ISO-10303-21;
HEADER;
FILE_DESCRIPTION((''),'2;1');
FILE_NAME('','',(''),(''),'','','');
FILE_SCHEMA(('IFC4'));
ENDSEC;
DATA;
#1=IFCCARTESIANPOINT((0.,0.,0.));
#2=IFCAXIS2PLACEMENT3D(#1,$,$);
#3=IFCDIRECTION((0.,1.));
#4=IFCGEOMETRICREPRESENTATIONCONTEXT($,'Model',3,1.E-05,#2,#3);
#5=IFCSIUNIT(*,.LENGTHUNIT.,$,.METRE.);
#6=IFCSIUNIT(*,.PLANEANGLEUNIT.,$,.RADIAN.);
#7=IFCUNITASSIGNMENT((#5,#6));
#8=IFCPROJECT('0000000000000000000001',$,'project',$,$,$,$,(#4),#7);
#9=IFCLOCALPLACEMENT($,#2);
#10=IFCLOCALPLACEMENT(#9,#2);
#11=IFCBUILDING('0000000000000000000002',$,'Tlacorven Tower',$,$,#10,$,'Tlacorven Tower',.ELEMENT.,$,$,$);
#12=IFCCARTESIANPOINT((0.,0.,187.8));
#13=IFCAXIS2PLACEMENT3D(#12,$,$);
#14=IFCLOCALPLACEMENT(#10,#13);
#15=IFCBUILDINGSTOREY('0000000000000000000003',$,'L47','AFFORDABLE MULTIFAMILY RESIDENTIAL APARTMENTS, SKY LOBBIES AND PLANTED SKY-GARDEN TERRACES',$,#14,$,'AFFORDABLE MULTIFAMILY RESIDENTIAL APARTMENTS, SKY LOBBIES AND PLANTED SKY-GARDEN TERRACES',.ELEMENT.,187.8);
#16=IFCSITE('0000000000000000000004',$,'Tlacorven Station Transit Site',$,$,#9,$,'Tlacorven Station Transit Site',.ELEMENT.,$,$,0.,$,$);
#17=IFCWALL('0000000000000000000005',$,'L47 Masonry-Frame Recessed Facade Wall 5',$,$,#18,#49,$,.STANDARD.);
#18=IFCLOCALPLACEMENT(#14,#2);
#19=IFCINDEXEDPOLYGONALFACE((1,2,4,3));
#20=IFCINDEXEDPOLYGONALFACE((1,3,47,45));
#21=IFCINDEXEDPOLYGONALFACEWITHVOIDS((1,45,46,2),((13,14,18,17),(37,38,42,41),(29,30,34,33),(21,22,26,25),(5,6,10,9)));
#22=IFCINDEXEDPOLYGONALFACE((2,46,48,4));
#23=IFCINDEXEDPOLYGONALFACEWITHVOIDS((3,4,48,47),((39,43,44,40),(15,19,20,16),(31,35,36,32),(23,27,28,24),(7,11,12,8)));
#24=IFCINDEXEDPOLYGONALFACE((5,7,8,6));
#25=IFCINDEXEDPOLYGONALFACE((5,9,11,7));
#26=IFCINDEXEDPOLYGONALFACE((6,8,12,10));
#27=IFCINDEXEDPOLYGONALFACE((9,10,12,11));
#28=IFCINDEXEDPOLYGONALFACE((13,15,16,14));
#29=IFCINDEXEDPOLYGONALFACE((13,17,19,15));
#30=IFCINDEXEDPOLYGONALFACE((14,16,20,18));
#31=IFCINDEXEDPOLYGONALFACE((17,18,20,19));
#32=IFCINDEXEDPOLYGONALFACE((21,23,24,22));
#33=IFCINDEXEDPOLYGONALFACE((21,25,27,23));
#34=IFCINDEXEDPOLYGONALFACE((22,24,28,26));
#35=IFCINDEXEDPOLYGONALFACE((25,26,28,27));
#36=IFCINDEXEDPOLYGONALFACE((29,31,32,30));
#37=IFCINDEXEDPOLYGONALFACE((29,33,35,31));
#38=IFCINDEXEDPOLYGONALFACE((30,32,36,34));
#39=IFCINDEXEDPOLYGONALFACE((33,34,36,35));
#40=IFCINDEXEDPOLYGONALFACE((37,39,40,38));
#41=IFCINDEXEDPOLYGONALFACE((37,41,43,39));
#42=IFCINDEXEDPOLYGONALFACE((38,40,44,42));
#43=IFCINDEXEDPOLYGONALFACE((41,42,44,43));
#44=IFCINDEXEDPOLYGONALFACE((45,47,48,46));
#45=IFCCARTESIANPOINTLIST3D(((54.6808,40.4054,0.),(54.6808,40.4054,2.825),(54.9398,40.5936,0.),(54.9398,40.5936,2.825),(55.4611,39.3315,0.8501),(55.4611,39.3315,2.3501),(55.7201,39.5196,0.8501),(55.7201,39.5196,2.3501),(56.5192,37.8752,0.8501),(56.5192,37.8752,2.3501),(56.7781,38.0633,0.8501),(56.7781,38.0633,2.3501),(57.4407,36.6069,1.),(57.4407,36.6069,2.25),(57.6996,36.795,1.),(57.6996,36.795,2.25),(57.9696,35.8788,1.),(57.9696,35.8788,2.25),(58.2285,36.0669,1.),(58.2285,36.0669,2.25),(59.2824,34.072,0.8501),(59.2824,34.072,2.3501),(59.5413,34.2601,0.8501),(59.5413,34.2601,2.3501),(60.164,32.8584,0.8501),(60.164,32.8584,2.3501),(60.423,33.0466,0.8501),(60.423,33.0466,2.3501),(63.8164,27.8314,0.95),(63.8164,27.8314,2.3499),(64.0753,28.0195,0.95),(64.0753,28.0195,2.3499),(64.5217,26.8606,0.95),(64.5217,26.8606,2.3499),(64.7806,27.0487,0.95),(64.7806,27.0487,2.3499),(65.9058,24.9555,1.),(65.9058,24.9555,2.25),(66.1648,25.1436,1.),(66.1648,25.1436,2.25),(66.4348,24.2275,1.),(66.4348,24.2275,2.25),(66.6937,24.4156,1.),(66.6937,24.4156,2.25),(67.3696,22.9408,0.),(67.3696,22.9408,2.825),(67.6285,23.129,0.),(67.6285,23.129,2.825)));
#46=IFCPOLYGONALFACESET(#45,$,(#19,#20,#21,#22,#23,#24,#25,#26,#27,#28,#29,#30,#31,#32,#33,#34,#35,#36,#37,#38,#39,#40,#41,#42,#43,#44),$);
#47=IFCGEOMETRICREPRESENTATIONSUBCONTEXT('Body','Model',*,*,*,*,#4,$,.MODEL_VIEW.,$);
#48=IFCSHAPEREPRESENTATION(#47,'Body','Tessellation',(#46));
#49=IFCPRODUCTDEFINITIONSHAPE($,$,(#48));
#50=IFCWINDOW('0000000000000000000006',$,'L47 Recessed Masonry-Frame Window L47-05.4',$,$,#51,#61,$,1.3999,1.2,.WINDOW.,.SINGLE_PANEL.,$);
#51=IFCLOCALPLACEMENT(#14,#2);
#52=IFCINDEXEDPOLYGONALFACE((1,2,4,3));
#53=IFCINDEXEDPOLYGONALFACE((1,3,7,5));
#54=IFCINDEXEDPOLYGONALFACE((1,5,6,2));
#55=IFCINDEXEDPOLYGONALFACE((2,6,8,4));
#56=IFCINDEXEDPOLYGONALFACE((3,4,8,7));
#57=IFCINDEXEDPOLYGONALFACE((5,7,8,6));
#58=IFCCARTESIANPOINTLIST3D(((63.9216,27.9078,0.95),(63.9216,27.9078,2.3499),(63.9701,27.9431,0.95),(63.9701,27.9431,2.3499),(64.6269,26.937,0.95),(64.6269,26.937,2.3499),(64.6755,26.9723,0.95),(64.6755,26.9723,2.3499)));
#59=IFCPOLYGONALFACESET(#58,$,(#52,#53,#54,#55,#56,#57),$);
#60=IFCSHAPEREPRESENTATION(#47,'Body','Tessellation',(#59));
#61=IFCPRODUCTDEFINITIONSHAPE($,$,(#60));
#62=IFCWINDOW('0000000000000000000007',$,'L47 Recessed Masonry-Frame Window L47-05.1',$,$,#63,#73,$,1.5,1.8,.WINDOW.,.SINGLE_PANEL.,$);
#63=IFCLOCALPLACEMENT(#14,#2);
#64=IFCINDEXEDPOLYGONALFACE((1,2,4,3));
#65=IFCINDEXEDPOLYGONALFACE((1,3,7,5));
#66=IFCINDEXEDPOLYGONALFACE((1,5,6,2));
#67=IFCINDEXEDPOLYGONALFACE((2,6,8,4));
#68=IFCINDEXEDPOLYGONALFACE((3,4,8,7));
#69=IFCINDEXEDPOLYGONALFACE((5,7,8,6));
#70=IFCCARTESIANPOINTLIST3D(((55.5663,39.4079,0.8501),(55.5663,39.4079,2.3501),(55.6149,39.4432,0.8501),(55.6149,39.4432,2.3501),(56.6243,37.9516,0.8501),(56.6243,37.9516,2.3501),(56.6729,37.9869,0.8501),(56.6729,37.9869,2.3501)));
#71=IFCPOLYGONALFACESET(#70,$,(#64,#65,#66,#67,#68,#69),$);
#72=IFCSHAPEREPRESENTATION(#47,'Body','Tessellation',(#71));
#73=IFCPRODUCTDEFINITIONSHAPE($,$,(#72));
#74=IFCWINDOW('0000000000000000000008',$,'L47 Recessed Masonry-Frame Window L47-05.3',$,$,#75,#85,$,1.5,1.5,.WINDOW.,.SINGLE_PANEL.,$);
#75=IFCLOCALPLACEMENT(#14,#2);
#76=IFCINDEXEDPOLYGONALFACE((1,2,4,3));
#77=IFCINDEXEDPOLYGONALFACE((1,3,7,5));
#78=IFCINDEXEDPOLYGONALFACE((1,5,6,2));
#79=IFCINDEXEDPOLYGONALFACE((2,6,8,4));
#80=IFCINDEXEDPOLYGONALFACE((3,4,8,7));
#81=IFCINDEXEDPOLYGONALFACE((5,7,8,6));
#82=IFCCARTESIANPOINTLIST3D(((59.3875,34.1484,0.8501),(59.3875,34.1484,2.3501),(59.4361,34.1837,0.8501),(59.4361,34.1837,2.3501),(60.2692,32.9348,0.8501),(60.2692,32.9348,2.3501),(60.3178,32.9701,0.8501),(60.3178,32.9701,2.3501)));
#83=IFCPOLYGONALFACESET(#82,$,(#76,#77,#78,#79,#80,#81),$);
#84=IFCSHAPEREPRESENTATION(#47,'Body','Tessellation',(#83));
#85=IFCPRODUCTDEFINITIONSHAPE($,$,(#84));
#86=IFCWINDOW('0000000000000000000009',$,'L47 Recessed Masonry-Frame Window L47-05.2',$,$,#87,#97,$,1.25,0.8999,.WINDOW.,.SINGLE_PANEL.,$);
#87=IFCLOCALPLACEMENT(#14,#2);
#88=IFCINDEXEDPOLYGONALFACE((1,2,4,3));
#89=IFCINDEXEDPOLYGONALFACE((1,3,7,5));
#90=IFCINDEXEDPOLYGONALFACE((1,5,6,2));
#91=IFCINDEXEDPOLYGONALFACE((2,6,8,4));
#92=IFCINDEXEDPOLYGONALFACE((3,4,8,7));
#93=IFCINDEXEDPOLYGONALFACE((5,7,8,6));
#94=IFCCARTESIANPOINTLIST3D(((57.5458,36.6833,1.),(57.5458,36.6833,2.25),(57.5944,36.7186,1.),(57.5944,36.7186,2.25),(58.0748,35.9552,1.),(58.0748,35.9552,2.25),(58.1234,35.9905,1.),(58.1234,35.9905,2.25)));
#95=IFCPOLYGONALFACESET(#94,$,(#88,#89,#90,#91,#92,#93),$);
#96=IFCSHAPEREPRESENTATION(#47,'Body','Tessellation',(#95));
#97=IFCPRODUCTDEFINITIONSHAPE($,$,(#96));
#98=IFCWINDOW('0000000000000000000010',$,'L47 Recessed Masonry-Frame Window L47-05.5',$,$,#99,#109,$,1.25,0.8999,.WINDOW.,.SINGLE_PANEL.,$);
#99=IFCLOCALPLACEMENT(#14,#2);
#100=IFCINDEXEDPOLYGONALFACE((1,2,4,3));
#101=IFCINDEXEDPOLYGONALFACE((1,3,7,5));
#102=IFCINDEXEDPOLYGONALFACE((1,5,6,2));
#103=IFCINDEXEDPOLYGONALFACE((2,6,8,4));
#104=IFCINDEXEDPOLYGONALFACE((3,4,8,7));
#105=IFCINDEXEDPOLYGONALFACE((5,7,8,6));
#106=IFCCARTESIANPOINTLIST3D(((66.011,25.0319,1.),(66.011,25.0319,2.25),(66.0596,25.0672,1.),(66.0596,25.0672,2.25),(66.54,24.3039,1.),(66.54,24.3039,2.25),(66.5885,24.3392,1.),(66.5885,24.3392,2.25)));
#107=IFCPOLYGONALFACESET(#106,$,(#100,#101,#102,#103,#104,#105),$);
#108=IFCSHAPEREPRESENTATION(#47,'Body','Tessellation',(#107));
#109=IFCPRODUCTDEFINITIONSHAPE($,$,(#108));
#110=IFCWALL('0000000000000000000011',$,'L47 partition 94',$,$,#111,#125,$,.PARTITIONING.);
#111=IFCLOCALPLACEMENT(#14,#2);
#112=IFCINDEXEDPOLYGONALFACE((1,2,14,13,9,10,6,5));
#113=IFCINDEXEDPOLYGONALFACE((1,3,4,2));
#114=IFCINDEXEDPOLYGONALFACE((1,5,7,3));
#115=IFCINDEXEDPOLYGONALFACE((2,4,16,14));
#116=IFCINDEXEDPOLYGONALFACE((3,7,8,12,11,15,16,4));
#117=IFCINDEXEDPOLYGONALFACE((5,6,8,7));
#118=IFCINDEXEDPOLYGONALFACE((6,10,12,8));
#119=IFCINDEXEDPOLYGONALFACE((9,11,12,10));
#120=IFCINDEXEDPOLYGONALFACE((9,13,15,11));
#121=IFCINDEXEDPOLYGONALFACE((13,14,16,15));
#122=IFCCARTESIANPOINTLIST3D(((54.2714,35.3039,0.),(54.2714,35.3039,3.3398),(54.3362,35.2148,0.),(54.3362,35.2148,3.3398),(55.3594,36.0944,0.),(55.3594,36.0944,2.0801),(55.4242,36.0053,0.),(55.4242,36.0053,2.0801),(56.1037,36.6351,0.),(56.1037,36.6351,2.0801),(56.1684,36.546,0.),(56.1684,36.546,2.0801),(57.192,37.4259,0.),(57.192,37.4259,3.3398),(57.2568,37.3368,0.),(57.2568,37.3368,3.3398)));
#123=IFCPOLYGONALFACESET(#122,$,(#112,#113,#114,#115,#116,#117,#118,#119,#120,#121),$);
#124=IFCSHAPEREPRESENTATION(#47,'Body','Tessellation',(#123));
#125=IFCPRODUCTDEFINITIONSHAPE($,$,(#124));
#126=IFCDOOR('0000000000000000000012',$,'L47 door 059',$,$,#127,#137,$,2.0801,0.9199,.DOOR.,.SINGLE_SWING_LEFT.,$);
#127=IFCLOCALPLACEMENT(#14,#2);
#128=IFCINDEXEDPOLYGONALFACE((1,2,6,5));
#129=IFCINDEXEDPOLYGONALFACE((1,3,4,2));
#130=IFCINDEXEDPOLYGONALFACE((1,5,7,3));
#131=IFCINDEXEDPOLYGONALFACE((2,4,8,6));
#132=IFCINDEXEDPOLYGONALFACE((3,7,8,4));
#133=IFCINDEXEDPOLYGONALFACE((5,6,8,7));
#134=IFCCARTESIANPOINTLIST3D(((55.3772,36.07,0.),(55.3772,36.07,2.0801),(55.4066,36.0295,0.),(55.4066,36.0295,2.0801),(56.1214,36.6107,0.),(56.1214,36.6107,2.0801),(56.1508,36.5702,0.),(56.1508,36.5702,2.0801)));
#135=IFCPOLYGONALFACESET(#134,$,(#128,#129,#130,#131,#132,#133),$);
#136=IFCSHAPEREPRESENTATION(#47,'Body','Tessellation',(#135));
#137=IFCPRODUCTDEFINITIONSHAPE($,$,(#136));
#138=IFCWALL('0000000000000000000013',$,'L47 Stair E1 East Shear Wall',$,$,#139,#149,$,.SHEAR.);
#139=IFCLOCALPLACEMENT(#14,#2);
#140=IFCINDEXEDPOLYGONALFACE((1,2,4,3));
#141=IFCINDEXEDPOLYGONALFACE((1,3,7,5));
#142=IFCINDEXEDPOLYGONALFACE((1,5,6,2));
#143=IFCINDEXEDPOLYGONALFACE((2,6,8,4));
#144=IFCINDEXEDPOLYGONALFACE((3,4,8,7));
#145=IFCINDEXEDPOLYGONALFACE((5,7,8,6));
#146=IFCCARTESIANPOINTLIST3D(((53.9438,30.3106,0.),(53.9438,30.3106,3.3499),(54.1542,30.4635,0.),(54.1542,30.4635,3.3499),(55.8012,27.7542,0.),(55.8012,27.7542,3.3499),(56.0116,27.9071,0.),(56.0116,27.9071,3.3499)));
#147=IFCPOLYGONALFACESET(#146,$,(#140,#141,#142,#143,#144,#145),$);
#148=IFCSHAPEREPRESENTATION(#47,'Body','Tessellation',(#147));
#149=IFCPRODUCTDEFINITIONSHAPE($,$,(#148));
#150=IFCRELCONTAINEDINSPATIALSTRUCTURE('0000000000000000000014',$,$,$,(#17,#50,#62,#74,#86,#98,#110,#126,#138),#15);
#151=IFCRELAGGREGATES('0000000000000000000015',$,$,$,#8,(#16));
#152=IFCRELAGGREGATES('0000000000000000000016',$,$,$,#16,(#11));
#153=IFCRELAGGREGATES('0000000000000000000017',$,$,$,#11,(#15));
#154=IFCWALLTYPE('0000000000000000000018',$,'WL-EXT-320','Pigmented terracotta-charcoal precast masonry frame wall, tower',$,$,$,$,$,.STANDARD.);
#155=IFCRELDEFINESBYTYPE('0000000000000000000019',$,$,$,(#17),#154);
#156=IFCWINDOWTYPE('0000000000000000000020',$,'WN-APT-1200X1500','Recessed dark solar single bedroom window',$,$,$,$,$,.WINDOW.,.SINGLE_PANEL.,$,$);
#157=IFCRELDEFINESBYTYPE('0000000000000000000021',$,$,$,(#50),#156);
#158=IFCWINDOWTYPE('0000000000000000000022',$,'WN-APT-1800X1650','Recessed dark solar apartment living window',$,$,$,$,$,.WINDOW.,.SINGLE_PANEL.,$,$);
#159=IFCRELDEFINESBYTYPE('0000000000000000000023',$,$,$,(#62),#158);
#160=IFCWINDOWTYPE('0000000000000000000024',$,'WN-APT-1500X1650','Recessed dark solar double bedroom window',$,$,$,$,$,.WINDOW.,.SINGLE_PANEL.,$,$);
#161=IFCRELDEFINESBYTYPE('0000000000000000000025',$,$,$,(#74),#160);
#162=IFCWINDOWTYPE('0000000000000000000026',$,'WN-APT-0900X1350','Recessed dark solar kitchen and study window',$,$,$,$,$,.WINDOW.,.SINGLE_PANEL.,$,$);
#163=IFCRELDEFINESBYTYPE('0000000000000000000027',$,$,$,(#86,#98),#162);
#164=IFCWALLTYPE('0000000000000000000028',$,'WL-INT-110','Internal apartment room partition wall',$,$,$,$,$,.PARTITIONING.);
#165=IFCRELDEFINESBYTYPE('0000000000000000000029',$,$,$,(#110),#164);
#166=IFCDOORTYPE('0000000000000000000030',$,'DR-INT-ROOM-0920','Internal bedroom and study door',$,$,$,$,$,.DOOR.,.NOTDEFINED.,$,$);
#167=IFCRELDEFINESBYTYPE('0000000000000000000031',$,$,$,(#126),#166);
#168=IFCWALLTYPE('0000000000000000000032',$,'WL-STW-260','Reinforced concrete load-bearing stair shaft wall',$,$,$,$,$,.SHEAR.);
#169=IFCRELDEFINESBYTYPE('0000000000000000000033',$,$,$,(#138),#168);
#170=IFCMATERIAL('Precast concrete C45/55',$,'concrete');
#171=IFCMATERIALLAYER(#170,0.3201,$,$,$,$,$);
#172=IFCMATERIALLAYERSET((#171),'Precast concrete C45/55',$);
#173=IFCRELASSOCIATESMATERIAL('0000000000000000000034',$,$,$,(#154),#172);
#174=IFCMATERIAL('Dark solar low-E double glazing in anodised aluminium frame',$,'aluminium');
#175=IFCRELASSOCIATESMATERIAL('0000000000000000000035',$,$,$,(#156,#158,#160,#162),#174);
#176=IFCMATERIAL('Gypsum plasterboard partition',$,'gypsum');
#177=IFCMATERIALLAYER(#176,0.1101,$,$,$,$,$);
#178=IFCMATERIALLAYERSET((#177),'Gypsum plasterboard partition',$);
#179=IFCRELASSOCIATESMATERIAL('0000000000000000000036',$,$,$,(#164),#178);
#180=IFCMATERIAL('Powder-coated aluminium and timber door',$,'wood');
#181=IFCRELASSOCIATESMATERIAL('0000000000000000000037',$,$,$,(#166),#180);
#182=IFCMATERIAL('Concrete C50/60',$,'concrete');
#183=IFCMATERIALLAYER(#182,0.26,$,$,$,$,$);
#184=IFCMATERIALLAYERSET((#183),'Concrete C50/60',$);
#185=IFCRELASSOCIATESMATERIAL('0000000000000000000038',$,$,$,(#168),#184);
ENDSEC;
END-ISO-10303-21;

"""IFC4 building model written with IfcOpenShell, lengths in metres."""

from ifc_helpers import new_model, si_unit, direction, frame, frame_2d, origin, place, context, subcontext, project, spatial, rectangle, extrude, source, transform, mapped, material, layer, layer_set, type_object, element, fill, save


model = new_model("IFC4")

# Units and contexts
model_context = context("Model", 3, precision=1e-05, world=origin(), true_north=direction((0.0, 1.0)))
body_context = subcontext(model_context, "Body", "Model", "MODEL_VIEW")
ifc_project = project(units=[si_unit("LENGTHUNIT", "METRE"), si_unit("PLANEANGLEUNIT", "RADIAN")], contexts=[model_context])

# Site, building, storey
site_placement = place(None, origin())
site = spatial("IfcSite", under=ifc_project, at=site_placement, Name="Tlacorven Station Transit Site", LongName="Tlacorven Station Transit Site", CompositionType="ELEMENT", RefElevation=0.0)
building_placement = place(site_placement, origin())
building = spatial("IfcBuilding", under=site, at=building_placement, Name="Tlacorven Tower", LongName="Tlacorven Tower", CompositionType="ELEMENT")
storey_placement = place(building_placement, frame((0.0, 0.0, 187.8)))
storey = spatial("IfcBuildingStorey", under=building, at=storey_placement, Name="L47", Description="AFFORDABLE MULTIFAMILY RESIDENTIAL APARTMENTS, SKY LOBBIES AND PLANTED SKY-GARDEN TERRACES", LongName="AFFORDABLE MULTIFAMILY RESIDENTIAL APARTMENTS, SKY LOBBIES AND PLANTED SKY-GARDEN TERRACES", CompositionType="ELEMENT", Elevation=187.8)

# Wall, openings, windows
ifc_material_1 = material(Name="Precast concrete C45/55", Category="concrete")
ifc_layer_1 = layer(ifc_material_1, 0.3201)
ifc_layer_set_1 = layer_set([ifc_layer_1], Name="Precast concrete C45/55")
wall_type_1 = type_object("IfcWallType", Name="WL-EXT-320", Description="Pigmented terracotta-charcoal precast masonry frame wall, tower", PredefinedType="STANDARD", material=ifc_layer_set_1)
wall_1_placement = place(storey_placement, frame((54.8103, 40.4995, 0.0), z_axis=(0.0, 0.0, 1.0), x_axis=(0.587784, -0.809018, 0.0)))
wall_1 = element("IfcWall", 1, at=wall_1_placement, inside=storey, type_object=wall_type_1, Name="L47 Masonry-Frame Recessed Facade Wall 5", PredefinedType="STANDARD", context=body_context, shape_type="SweptSolid", body=[
    extrude(rectangle(XDim=21.5874, YDim=0.3201, at=frame_2d((10.7937, 0.0))), origin(), (0.0, 0.0, 1.0), 2.825),
])
opening_1_placement = place(wall_1_placement, frame((1.3276, 0.0, 0.8501)))
opening_1 = element("IfcOpeningElement", 2, at=opening_1_placement, cuts=wall_1, PredefinedType="OPENING", context=body_context, shape_type="SweptSolid", body=[
    extrude(rectangle(XDim=1.8, YDim=1.5, at=frame_2d((0.8999, 0.75))), frame((0.0, 0.1699, 0.0), z_axis=(0.0, -1.0, 0.0), x_axis=(1.0, 0.0, 0.0)), (0.0, 0.0, 1.0), 0.3401),
])
opening_2_placement = place(wall_1_placement, frame((4.6953, 0.0, 1.0)))
opening_2 = element("IfcOpeningElement", 3, at=opening_2_placement, cuts=wall_1, PredefinedType="OPENING", context=body_context, shape_type="SweptSolid", body=[
    extrude(rectangle(XDim=0.8999, YDim=1.25, at=frame_2d((0.45, 0.625))), frame((0.0, 0.1699, 0.0), z_axis=(0.0, -1.0, 0.0), x_axis=(1.0, 0.0, 0.0)), (0.0, 0.0, 1.0), 0.3401),
])
opening_3_placement = place(wall_1_placement, frame((7.8286, 0.0, 0.8501)))
opening_3 = element("IfcOpeningElement", 4, at=opening_3_placement, cuts=wall_1, PredefinedType="OPENING", context=body_context, shape_type="SweptSolid", body=[
    extrude(rectangle(XDim=1.5, YDim=1.5, at=frame_2d((0.75, 0.75))), frame((0.0, 0.1699, 0.0), z_axis=(0.0, -1.0, 0.0), x_axis=(1.0, 0.0, 0.0)), (0.0, 0.0, 1.0), 0.3401),
])
opening_4_placement = place(wall_1_placement, frame((15.5422, 0.0, 0.95)))
opening_4 = element("IfcOpeningElement", 5, at=opening_4_placement, cuts=wall_1, PredefinedType="OPENING", context=body_context, shape_type="SweptSolid", body=[
    extrude(rectangle(XDim=1.2, YDim=1.3999, at=frame_2d((0.6001, 0.7))), frame((0.0, 0.1699, 0.0), z_axis=(0.0, -1.0, 0.0), x_axis=(1.0, 0.0, 0.0)), (0.0, 0.0, 1.0), 0.3401),
])
opening_5_placement = place(wall_1_placement, frame((19.0972, 0.0, 1.0)))
opening_5 = element("IfcOpeningElement", 6, at=opening_5_placement, cuts=wall_1, PredefinedType="OPENING", context=body_context, shape_type="SweptSolid", body=[
    extrude(rectangle(XDim=0.8999, YDim=1.25, at=frame_2d((0.45, 0.625))), frame((0.0, 0.1699, 0.0), z_axis=(0.0, -1.0, 0.0), x_axis=(1.0, 0.0, 0.0)), (0.0, 0.0, 1.0), 0.3401),
])
ifc_material_2 = material(Name="Dark solar low-E double glazing in anodised aluminium frame", Category="aluminium")
window_type_1 = type_object("IfcWindowType", Name="WN-APT-1200X1500", Description="Recessed dark solar single bedroom window", PartitioningType="SINGLE_PANEL", PredefinedType="WINDOW", material=ifc_material_2)
shared_shape_1 = source(origin(), body_context, "Body", "SweptSolid", [
    extrude(rectangle(XDim=1.2, YDim=1.3999, at=frame_2d((0.6001, 0.7))), frame((0.0, 0.03, 0.0), z_axis=(0.0, -1.0, 0.0), x_axis=(1.0, 0.0, 0.0)), (0.0, 0.0, 1.0), 0.0601),
])
window_1_placement = place(opening_4_placement, origin())
window_1 = element("IfcWindow", 7, at=window_1_placement, inside=storey, type_object=window_type_1, Name="L47 Recessed Masonry-Frame Window L47-05.4", OverallHeight=1.3999, OverallWidth=1.2, PartitioningType="SINGLE_PANEL", PredefinedType="WINDOW", context=body_context, shape_type="MappedRepresentation", body=[
    mapped(shared_shape_1, transform((0.0, 0.0, 0.0), scale=1.0)),
])
fill(opening_4, window_1)
window_type_2 = type_object("IfcWindowType", Name="WN-APT-1800X1650", Description="Recessed dark solar apartment living window", PartitioningType="SINGLE_PANEL", PredefinedType="WINDOW", material=ifc_material_2)
shared_shape_2 = source(origin(), body_context, "Body", "SweptSolid", [
    extrude(rectangle(XDim=1.8, YDim=1.5, at=frame_2d((0.8999, 0.75))), frame((0.0, 0.03, 0.0), z_axis=(0.0, -1.0, 0.0), x_axis=(1.0, 0.0, 0.0)), (0.0, 0.0, 1.0), 0.0601),
])
window_2_placement = place(opening_1_placement, origin())
window_2 = element("IfcWindow", 8, at=window_2_placement, inside=storey, type_object=window_type_2, Name="L47 Recessed Masonry-Frame Window L47-05.1", OverallHeight=1.5, OverallWidth=1.8, PartitioningType="SINGLE_PANEL", PredefinedType="WINDOW", context=body_context, shape_type="MappedRepresentation", body=[
    mapped(shared_shape_2, transform((0.0, 0.0, 0.0), scale=1.0)),
])
fill(opening_1, window_2)
window_type_3 = type_object("IfcWindowType", Name="WN-APT-1500X1650", Description="Recessed dark solar double bedroom window", PartitioningType="SINGLE_PANEL", PredefinedType="WINDOW", material=ifc_material_2)
shared_shape_3 = source(origin(), body_context, "Body", "SweptSolid", [
    extrude(rectangle(XDim=1.5, YDim=1.5, at=frame_2d((0.75, 0.75))), frame((0.0, 0.03, 0.0), z_axis=(0.0, -1.0, 0.0), x_axis=(1.0, 0.0, 0.0)), (0.0, 0.0, 1.0), 0.0601),
])
window_3_placement = place(opening_3_placement, origin())
window_3 = element("IfcWindow", 9, at=window_3_placement, inside=storey, type_object=window_type_3, Name="L47 Recessed Masonry-Frame Window L47-05.3", OverallHeight=1.5, OverallWidth=1.5, PartitioningType="SINGLE_PANEL", PredefinedType="WINDOW", context=body_context, shape_type="MappedRepresentation", body=[
    mapped(shared_shape_3, transform((0.0, 0.0, 0.0), scale=1.0)),
])
fill(opening_3, window_3)
window_type_4 = type_object("IfcWindowType", Name="WN-APT-0900X1350", Description="Recessed dark solar kitchen and study window", PartitioningType="SINGLE_PANEL", PredefinedType="WINDOW", material=ifc_material_2)
shared_shape_4 = source(origin(), body_context, "Body", "SweptSolid", [
    extrude(rectangle(XDim=0.8999, YDim=1.25, at=frame_2d((0.45, 0.625))), frame((0.0, 0.03, 0.0), z_axis=(0.0, -1.0, 0.0), x_axis=(1.0, 0.0, 0.0)), (0.0, 0.0, 1.0), 0.0601),
])
window_4_placement = place(opening_2_placement, origin())
window_4 = element("IfcWindow", 10, at=window_4_placement, inside=storey, type_object=window_type_4, Name="L47 Recessed Masonry-Frame Window L47-05.2", OverallHeight=1.25, OverallWidth=0.8999, PartitioningType="SINGLE_PANEL", PredefinedType="WINDOW", context=body_context, shape_type="MappedRepresentation", body=[
    mapped(shared_shape_4, transform((0.0, 0.0, 0.0), scale=1.0)),
])
fill(opening_2, window_4)
window_5_placement = place(opening_5_placement, origin())
window_5 = element("IfcWindow", 11, at=window_5_placement, inside=storey, type_object=window_type_4, Name="L47 Recessed Masonry-Frame Window L47-05.5", OverallHeight=1.25, OverallWidth=0.8999, PartitioningType="SINGLE_PANEL", PredefinedType="WINDOW", context=body_context, shape_type="MappedRepresentation", body=[
    mapped(shared_shape_4, transform((0.0, 0.0, 0.0), scale=1.0)),
])
fill(opening_5, window_5)

# Wall, opening, door
ifc_material_3 = material(Name="Gypsum plasterboard partition", Category="gypsum")
ifc_layer_2 = layer(ifc_material_3, 0.1101)
ifc_layer_set_2 = layer_set([ifc_layer_2], Name="Gypsum plasterboard partition")
wall_type_2 = type_object("IfcWallType", Name="WL-INT-110", Description="Internal apartment room partition wall", PredefinedType="PARTITIONING", material=ifc_layer_set_2)
wall_2_placement = place(storey_placement, frame((54.3037, 35.2593, 0.0), z_axis=(0.0, 0.0, 1.0), x_axis=(0.809005, 0.587802, 0.0)))
wall_2 = element("IfcWall", 12, at=wall_2_placement, inside=storey, type_object=wall_type_2, Name="L47 partition 94", PredefinedType="PARTITIONING", context=body_context, shape_type="SweptSolid", body=[
    extrude(rectangle(XDim=3.6101, YDim=0.1101, at=frame_2d((1.8052, 0.0))), origin(), (0.0, 0.0, 1.0), 3.3398),
])
opening_6_placement = place(wall_2_placement, frame((1.345, 0.0, 0.0)))
opening_6 = element("IfcOpeningElement", 13, at=opening_6_placement, cuts=wall_2, PredefinedType="OPENING", context=body_context, shape_type="SweptSolid", body=[
    extrude(rectangle(XDim=0.9199, YDim=2.0801, at=frame_2d((0.46, 1.04))), frame((0.0, 0.0649, 0.0), z_axis=(0.0, -1.0, 0.0), x_axis=(1.0, 0.0, 0.0)), (0.0, 0.0, 1.0), 0.1301),
])
ifc_material_4 = material(Name="Powder-coated aluminium and timber door", Category="wood")
door_type_1 = type_object("IfcDoorType", Name="DR-INT-ROOM-0920", Description="Internal bedroom and study door", OperationType="NOTDEFINED", PredefinedType="DOOR", material=ifc_material_4)
shared_shape_5 = source(origin(), body_context, "Body", "SweptSolid", [
    extrude(rectangle(XDim=0.9199, YDim=2.0801, at=frame_2d((0.46, 1.04))), frame((0.0, 0.0249, 0.0), z_axis=(0.0, -1.0, 0.0), x_axis=(1.0, 0.0, 0.0)), (0.0, 0.0, 1.0), 0.05),
])
door_1_placement = place(opening_6_placement, origin())
door_1 = element("IfcDoor", 14, at=door_1_placement, inside=storey, type_object=door_type_1, Name="L47 door 059", OperationType="SINGLE_SWING_LEFT", OverallHeight=2.0801, OverallWidth=0.9199, PredefinedType="DOOR", context=body_context, shape_type="MappedRepresentation", body=[
    mapped(shared_shape_5, transform((0.0, 0.0, 0.0), scale=1.0)),
])
fill(opening_6, door_1)

# Wall
ifc_material_5 = material(Name="Concrete C50/60", Category="concrete")
ifc_layer_3 = layer(ifc_material_5, 0.26)
ifc_layer_set_3 = layer_set([ifc_layer_3], Name="Concrete C50/60")
wall_type_3 = type_object("IfcWallType", Name="WL-STW-260", Description="Reinforced concrete load-bearing stair shaft wall", PredefinedType="SHEAR", material=ifc_layer_set_3)
wall_3_placement = place(storey_placement, frame((55.9065, 27.8306, 0.0), z_axis=(0.0, 0.0, 1.0), x_axis=(-0.587804, 0.809003, 0.0)))
element("IfcWall", 15, at=wall_3_placement, inside=storey, type_object=wall_type_3, Name="L47 Stair E1 East Shear Wall", PredefinedType="SHEAR", context=body_context, shape_type="SweptSolid", body=[
    extrude(rectangle(XDim=3.1599, YDim=0.26, at=frame_2d((1.5801, 0.0))), origin(), (0.0, 0.0, 1.0), 3.3499),
])

save(model, "model.ifc")
